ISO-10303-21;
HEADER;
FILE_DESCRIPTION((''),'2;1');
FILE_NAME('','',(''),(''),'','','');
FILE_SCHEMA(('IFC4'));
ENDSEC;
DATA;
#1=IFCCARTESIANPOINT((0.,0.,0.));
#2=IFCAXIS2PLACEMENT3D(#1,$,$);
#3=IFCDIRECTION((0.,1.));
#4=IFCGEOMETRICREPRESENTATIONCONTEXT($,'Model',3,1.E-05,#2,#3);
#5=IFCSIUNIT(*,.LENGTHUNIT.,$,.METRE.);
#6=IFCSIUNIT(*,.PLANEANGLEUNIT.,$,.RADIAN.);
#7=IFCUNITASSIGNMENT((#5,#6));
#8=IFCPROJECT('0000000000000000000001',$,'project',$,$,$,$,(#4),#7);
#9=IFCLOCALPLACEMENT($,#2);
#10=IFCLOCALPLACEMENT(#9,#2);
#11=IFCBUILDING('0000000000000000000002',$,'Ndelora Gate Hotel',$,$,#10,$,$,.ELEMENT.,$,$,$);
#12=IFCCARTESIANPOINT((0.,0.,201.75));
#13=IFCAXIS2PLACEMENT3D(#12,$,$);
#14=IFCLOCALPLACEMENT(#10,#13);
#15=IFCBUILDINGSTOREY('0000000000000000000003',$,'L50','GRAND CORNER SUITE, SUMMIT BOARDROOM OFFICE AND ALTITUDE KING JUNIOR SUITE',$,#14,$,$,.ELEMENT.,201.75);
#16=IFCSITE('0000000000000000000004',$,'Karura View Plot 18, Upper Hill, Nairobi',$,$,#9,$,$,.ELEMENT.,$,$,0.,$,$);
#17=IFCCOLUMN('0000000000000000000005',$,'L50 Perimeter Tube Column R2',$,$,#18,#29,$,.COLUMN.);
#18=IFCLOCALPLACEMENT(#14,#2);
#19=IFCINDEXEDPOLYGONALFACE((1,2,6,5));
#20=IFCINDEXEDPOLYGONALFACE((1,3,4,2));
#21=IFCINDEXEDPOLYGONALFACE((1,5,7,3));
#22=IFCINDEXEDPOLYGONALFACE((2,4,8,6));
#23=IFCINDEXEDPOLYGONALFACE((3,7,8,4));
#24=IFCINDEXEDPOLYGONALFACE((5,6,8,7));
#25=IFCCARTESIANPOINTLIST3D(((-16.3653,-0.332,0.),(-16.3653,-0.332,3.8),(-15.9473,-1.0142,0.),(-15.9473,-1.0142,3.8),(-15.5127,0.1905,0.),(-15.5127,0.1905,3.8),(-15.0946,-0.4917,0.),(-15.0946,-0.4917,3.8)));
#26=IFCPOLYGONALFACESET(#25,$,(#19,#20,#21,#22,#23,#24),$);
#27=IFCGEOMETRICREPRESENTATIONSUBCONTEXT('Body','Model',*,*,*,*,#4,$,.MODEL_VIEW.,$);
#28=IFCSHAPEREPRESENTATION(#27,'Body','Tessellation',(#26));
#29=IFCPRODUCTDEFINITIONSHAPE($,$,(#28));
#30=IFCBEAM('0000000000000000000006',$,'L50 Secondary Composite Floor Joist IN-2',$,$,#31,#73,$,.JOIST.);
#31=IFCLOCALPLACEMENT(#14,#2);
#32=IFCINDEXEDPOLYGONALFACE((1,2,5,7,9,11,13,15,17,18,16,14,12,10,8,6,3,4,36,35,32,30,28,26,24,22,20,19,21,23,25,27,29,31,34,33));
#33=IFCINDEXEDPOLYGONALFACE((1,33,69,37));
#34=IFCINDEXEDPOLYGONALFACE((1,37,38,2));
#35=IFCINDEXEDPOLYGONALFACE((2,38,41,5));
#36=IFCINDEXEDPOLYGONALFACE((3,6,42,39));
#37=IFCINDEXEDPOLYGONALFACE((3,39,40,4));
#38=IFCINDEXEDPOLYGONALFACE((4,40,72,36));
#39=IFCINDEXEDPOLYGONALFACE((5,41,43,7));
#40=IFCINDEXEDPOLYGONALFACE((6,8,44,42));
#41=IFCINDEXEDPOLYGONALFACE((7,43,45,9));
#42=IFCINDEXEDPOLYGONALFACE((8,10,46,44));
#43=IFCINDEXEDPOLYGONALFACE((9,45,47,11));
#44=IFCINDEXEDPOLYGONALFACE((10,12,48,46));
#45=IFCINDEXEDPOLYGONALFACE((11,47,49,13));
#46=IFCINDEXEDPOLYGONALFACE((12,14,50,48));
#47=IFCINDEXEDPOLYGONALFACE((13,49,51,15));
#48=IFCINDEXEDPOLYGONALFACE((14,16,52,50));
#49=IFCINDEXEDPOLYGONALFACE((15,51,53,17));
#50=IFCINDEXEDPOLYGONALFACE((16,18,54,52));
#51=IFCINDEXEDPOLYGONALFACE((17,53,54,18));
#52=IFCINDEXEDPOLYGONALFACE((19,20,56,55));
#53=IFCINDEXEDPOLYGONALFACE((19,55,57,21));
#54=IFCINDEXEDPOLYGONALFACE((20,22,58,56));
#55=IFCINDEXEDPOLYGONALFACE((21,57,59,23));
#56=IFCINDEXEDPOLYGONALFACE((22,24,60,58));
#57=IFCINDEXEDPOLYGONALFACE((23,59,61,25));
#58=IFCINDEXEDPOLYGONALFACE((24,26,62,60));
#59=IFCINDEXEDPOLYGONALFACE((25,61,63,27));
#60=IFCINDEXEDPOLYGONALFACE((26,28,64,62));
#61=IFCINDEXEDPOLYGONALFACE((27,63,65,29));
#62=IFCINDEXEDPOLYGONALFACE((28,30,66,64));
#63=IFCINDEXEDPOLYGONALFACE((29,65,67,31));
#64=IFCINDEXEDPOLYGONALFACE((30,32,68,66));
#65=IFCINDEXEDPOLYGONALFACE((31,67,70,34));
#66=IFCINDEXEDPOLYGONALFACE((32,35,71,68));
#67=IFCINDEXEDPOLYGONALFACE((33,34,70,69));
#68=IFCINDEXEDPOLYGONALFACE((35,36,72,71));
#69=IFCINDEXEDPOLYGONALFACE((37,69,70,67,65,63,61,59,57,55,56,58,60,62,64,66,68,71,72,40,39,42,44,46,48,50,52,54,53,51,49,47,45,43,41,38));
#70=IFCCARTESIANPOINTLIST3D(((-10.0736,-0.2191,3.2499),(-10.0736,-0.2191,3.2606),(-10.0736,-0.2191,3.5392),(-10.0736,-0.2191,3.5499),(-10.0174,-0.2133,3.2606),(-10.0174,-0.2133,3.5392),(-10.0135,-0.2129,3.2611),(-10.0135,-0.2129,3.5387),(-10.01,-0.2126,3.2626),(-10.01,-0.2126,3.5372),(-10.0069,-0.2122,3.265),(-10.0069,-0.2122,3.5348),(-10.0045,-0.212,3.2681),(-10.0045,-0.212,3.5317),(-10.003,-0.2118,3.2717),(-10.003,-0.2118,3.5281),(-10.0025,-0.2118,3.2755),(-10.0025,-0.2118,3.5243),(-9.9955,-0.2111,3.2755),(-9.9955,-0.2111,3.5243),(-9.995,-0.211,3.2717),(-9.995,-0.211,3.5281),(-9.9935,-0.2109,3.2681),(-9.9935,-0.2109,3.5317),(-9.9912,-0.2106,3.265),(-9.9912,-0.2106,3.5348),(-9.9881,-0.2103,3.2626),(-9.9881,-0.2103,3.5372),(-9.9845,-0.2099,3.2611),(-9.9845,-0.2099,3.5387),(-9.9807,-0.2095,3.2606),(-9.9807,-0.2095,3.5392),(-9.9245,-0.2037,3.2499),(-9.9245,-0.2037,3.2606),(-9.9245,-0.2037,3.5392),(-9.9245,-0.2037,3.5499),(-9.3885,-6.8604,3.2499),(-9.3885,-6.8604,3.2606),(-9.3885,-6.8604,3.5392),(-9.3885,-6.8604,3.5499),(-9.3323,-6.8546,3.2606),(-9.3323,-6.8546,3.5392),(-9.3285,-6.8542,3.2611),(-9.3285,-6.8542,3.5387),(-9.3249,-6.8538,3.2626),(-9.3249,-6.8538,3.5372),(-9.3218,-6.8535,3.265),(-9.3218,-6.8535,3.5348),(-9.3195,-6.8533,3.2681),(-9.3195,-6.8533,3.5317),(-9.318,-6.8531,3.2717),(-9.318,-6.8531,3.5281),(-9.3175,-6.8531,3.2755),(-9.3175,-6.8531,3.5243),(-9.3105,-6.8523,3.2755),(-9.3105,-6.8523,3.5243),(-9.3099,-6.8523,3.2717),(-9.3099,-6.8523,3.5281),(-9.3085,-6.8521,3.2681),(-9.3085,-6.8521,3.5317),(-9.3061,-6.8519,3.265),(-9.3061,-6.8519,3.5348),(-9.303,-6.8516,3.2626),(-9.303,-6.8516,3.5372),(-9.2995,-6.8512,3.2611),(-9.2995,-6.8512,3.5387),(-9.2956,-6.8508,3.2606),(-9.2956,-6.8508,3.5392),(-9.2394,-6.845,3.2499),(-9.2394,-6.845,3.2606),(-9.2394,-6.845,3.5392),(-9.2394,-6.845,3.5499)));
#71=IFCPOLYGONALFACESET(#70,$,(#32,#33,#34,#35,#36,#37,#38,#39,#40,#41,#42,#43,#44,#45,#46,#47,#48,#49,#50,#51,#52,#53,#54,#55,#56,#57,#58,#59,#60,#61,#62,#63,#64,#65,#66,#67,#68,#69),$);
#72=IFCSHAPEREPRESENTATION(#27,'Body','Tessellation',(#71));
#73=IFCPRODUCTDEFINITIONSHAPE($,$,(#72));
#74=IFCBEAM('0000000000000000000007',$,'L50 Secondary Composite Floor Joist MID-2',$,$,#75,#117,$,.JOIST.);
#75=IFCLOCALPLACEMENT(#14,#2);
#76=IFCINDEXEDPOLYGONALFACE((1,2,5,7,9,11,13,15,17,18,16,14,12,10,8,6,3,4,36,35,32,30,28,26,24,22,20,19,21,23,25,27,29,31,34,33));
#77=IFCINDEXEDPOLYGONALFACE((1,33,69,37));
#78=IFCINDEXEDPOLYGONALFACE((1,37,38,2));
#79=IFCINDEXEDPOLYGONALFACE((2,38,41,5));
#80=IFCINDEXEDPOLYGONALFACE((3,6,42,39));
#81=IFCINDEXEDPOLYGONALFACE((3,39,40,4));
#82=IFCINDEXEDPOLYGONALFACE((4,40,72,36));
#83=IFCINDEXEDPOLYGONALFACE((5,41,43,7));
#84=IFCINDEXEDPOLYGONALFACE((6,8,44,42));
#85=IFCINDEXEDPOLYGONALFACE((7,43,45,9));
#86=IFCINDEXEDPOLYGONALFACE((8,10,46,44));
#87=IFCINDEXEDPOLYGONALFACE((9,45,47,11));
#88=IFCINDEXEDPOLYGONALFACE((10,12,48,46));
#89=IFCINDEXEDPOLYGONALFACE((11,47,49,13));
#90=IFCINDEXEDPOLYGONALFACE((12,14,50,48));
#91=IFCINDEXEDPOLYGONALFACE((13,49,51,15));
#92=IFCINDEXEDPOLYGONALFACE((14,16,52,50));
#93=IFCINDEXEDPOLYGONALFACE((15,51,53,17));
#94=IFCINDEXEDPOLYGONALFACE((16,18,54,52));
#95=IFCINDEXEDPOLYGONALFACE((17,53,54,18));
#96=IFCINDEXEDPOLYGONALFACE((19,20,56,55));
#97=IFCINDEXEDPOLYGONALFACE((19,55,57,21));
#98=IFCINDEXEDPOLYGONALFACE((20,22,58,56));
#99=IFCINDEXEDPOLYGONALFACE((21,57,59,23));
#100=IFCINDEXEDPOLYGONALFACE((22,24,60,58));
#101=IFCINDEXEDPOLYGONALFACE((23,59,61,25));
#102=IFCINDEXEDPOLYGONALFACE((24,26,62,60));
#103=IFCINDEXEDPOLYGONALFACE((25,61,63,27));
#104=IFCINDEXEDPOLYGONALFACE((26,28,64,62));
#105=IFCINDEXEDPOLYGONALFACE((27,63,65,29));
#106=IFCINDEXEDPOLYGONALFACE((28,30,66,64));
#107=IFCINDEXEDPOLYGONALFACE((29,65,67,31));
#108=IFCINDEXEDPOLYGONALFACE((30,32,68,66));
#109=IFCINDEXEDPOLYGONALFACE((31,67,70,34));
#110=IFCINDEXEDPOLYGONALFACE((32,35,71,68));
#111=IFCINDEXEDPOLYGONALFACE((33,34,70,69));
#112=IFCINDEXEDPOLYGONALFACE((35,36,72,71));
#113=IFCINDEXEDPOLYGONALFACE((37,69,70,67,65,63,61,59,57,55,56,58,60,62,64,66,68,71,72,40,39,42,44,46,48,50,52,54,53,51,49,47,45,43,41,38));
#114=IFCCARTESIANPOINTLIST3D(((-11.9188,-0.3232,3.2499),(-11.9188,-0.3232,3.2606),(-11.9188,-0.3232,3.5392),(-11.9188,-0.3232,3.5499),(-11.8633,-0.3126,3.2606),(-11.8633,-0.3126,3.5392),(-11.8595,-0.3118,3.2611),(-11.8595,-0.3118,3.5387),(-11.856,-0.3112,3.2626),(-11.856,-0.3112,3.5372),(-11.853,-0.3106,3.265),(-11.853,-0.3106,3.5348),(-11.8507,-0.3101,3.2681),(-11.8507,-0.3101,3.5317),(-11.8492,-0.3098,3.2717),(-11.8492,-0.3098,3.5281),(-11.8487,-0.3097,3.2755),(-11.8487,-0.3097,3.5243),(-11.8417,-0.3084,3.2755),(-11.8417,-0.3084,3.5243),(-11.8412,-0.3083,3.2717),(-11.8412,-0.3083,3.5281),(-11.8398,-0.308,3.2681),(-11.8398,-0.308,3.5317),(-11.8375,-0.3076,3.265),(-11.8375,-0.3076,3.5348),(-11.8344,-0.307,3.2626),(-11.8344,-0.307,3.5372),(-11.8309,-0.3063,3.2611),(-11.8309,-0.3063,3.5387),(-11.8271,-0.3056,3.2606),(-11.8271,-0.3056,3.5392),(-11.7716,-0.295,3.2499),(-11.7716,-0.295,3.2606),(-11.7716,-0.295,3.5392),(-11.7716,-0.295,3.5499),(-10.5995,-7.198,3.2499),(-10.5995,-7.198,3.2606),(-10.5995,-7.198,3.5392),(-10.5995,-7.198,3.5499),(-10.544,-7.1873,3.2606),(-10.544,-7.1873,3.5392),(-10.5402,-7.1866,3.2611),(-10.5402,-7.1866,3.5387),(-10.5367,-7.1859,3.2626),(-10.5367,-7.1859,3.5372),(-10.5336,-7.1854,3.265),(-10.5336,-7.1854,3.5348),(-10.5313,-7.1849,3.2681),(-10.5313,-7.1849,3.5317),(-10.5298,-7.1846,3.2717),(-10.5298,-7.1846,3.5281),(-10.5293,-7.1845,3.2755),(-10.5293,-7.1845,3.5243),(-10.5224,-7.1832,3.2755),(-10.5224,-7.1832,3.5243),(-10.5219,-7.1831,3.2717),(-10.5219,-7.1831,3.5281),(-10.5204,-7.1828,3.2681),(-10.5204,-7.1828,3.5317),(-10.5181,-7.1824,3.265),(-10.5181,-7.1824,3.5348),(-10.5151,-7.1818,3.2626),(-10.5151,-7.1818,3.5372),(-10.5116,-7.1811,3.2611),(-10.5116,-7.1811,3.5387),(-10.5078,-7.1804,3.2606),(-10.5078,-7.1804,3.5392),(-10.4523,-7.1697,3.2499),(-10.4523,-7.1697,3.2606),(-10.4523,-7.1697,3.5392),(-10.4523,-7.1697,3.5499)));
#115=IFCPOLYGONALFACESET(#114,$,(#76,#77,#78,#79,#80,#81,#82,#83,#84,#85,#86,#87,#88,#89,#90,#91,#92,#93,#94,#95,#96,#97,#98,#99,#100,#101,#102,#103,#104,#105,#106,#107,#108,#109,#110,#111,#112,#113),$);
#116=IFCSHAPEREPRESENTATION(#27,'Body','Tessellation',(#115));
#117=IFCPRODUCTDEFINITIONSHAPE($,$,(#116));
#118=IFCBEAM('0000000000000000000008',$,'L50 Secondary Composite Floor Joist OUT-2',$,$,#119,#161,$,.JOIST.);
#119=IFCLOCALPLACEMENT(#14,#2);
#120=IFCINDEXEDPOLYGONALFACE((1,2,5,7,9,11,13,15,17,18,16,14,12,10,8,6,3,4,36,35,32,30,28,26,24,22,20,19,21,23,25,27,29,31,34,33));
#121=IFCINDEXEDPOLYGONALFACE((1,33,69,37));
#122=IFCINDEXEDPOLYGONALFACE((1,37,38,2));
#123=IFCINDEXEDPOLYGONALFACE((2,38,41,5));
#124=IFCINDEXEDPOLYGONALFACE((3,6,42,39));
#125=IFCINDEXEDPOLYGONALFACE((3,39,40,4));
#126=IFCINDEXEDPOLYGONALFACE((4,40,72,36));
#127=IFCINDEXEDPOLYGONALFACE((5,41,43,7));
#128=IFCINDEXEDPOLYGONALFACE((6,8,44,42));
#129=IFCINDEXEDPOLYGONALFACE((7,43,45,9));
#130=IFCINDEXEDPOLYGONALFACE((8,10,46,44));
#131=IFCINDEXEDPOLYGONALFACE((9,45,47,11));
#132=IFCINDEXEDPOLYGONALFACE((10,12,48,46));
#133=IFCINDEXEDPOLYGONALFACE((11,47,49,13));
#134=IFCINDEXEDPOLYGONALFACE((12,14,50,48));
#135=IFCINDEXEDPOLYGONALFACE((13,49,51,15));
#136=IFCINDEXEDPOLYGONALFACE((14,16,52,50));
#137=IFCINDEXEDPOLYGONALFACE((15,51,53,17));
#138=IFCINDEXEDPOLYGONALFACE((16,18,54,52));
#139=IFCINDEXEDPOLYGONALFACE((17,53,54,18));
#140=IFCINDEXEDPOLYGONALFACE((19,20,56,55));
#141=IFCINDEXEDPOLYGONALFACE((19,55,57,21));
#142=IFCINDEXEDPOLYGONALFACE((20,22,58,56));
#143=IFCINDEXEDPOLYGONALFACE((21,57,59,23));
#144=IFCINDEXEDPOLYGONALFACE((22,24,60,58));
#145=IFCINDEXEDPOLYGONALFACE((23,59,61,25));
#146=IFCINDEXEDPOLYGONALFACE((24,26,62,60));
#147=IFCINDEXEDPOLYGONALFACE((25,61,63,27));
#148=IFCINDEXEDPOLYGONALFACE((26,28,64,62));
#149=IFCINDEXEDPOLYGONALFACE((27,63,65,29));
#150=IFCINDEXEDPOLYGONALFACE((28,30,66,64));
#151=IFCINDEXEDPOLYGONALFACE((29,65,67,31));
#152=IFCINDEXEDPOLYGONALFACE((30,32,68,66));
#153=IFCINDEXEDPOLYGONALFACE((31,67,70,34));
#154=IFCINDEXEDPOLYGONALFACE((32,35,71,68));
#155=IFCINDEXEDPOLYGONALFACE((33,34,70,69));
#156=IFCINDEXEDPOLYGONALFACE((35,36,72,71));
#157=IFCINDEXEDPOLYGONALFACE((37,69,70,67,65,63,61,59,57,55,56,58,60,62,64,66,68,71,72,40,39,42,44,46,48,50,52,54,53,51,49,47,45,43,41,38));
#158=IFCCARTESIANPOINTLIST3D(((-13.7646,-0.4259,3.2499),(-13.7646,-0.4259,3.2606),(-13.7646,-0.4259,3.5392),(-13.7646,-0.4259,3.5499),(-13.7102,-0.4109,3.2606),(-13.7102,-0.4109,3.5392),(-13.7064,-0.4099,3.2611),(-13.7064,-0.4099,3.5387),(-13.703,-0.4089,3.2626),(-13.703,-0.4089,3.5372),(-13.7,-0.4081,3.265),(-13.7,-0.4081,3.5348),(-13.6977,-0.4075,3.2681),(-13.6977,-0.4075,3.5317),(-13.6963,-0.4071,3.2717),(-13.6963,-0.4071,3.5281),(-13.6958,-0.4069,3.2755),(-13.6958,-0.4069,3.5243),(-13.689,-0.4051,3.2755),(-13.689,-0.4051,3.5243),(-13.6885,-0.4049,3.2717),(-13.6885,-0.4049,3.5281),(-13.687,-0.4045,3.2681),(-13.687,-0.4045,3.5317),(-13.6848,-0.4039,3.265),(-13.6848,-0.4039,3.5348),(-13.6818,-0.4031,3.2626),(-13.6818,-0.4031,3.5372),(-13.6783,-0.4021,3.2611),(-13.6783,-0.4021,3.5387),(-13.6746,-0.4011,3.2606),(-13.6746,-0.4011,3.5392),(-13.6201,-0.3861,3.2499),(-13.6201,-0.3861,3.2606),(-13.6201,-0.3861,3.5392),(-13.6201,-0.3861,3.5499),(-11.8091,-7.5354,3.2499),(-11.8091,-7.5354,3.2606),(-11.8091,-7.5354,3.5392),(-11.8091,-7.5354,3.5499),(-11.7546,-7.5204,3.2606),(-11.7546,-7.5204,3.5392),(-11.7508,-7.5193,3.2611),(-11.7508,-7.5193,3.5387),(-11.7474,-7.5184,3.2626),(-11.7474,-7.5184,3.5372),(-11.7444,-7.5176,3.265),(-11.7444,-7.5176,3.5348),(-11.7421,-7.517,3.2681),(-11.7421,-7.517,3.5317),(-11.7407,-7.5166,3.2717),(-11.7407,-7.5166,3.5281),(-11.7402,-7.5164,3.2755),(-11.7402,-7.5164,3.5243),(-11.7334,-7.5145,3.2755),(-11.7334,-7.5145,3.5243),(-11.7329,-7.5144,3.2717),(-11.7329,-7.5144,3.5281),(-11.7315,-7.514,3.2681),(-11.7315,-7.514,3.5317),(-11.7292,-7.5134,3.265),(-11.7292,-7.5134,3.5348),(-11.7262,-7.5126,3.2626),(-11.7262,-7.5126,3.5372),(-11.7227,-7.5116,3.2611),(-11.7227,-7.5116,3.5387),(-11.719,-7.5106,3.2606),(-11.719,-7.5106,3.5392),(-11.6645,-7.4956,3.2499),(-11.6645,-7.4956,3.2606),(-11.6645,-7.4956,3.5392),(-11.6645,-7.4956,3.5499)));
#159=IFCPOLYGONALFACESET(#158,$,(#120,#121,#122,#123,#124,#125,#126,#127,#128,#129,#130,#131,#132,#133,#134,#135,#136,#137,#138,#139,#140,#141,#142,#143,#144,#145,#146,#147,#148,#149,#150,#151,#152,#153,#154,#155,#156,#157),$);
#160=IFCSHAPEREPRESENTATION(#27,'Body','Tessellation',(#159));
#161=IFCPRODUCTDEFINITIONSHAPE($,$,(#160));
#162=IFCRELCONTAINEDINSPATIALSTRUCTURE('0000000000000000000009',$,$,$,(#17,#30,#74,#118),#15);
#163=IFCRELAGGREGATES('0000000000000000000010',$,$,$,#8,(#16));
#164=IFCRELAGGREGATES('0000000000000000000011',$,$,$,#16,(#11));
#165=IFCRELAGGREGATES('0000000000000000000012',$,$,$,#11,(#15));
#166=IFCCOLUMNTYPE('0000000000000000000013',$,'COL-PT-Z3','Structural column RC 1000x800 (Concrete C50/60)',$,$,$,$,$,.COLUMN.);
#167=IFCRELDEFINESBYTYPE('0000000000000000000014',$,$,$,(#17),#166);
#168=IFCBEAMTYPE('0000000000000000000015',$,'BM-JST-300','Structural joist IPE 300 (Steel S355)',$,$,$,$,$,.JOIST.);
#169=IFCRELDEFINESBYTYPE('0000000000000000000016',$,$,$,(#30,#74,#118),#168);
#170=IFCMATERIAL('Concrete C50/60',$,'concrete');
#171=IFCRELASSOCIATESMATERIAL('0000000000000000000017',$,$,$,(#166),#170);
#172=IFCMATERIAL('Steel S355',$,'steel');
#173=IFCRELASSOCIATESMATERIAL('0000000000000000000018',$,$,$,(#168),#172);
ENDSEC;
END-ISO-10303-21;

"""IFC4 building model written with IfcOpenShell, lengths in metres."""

from ifc_helpers import new_model, si_unit, direction, frame, origin, origin_2d, place, context, subcontext, project, spatial, rectangle, i_section, extrude, material, material_profile, profile_set, type_object, element, save


model = new_model("IFC4")

# Units and contexts
model_context = context("Model", 3, precision=1e-05, world=origin(), true_north=direction((0.0, 1.0)))
body_context = subcontext(model_context, "Body", "Model", "MODEL_VIEW")
ifc_project = project(units=[si_unit("LENGTHUNIT", "METRE"), si_unit("PLANEANGLEUNIT", "RADIAN")], contexts=[model_context])

# Site, building, storey
site_placement = place(None, origin())
site = spatial("IfcSite", under=ifc_project, at=site_placement, Name="Karura View Plot 18, Upper Hill, Nairobi", CompositionType="ELEMENT", RefElevation=0.0)
building_placement = place(site_placement, origin())
building = spatial("IfcBuilding", under=site, at=building_placement, Name="Ndelora Gate Hotel", CompositionType="ELEMENT")
storey_placement = place(building_placement, frame((0.0, 0.0, 201.75)))
storey = spatial("IfcBuildingStorey", under=building, at=storey_placement, Name="L50", Description="GRAND CORNER SUITE, SUMMIT BOARDROOM OFFICE AND ALTITUDE KING JUNIOR SUITE", CompositionType="ELEMENT", Elevation=201.75)

# Column
ifc_material_1 = material(Name="Concrete C50/60", Category="concrete")
ifc_material_profile_1 = material_profile(ifc_material_1, rectangle(XDim=0.8, YDim=1.0, at=origin_2d()), Name="RC 1000x800")
ifc_profile_set_1 = profile_set([ifc_material_profile_1], Name="Concrete C50/60")
column_type = type_object("IfcColumnType", Name="COL-PT-Z3", Description="Structural column RC 1000x800 (Concrete C50/60)", PredefinedType="COLUMN", material=ifc_profile_set_1)
column_placement = place(storey_placement, frame((-15.73, -0.4119, 0.0), z_axis=(0.0, 0.0, 1.0), x_axis=(-0.522499, 0.85264, 0.0)))
element("IfcColumn", 1, at=column_placement, inside=storey, type_object=column_type, Name="L50 Perimeter Tube Column R2", PredefinedType="COLUMN", context=body_context, shape_type="SweptSolid", body=[
    extrude(rectangle(XDim=0.8, YDim=1.0, at=origin_2d()), origin(), (0.0, 0.0, 1.0), 3.8),
])

# Beams
ifc_material_2 = material(Name="Steel S355", Category="steel")
ifc_material_profile_2 = material_profile(ifc_material_2, i_section(OverallWidth=0.1499, OverallDepth=0.3, WebThickness=0.0071, FlangeThickness=0.0107, FilletRadius=0.0149, at=origin_2d()), Name="IPE 300")
ifc_profile_set_2 = profile_set([ifc_material_profile_2], Name="Steel S355")
beam_type_1 = type_object("IfcBeamType", Name="BM-JST-300", Description="Structural joist IPE 300 (Steel S355)", PredefinedType="JOIST", material=ifc_profile_set_2)
beam_1_placement = place(storey_placement, frame((-9.999, -0.2114, 3.3999), z_axis=(0.102606, -0.994722, 0.0), x_axis=(0.994722, 0.102606, 0.0)))
element("IfcBeam", 2, at=beam_1_placement, inside=storey, type_object=beam_type_1, Name="L50 Secondary Composite Floor Joist IN-2", PredefinedType="JOIST", context=body_context, shape_type="SweptSolid", body=[
    extrude(i_section(OverallWidth=0.1499, OverallDepth=0.3, WebThickness=0.0071, FlangeThickness=0.0107, FilletRadius=0.0149, at=origin_2d()), origin(), (0.0, 0.0, 1.0), 6.6765),
])
beam_2_placement = place(storey_placement, frame((-11.8452, -0.3091, 3.3999), z_axis=(0.188471, -0.982079, 0.0), x_axis=(0.982079, 0.188471, 0.0)))
element("IfcBeam", 3, at=beam_2_placement, inside=storey, type_object=beam_type_1, Name="L50 Secondary Composite Floor Joist MID-2", PredefinedType="JOIST", context=body_context, shape_type="SweptSolid", body=[
    extrude(i_section(OverallWidth=0.1499, OverallDepth=0.3, WebThickness=0.0071, FlangeThickness=0.0107, FilletRadius=0.0149, at=origin_2d()), origin(), (0.0, 0.0, 1.0), 7.0002),
])
beam_3_placement = place(storey_placement, frame((-13.6924, -0.406, 3.3999), z_axis=(0.265218, -0.964188, 0.0), x_axis=(0.964188, 0.265218, 0.0)))
element("IfcBeam", 4, at=beam_3_placement, inside=storey, type_object=beam_type_1, Name="L50 Secondary Composite Floor Joist OUT-2", PredefinedType="JOIST", context=body_context, shape_type="SweptSolid", body=[
    extrude(i_section(OverallWidth=0.1499, OverallDepth=0.3, WebThickness=0.0071, FlangeThickness=0.0107, FilletRadius=0.0149, at=origin_2d()), origin(), (0.0, 0.0, 1.0), 7.3735),
])

save(model, "model.ifc")
